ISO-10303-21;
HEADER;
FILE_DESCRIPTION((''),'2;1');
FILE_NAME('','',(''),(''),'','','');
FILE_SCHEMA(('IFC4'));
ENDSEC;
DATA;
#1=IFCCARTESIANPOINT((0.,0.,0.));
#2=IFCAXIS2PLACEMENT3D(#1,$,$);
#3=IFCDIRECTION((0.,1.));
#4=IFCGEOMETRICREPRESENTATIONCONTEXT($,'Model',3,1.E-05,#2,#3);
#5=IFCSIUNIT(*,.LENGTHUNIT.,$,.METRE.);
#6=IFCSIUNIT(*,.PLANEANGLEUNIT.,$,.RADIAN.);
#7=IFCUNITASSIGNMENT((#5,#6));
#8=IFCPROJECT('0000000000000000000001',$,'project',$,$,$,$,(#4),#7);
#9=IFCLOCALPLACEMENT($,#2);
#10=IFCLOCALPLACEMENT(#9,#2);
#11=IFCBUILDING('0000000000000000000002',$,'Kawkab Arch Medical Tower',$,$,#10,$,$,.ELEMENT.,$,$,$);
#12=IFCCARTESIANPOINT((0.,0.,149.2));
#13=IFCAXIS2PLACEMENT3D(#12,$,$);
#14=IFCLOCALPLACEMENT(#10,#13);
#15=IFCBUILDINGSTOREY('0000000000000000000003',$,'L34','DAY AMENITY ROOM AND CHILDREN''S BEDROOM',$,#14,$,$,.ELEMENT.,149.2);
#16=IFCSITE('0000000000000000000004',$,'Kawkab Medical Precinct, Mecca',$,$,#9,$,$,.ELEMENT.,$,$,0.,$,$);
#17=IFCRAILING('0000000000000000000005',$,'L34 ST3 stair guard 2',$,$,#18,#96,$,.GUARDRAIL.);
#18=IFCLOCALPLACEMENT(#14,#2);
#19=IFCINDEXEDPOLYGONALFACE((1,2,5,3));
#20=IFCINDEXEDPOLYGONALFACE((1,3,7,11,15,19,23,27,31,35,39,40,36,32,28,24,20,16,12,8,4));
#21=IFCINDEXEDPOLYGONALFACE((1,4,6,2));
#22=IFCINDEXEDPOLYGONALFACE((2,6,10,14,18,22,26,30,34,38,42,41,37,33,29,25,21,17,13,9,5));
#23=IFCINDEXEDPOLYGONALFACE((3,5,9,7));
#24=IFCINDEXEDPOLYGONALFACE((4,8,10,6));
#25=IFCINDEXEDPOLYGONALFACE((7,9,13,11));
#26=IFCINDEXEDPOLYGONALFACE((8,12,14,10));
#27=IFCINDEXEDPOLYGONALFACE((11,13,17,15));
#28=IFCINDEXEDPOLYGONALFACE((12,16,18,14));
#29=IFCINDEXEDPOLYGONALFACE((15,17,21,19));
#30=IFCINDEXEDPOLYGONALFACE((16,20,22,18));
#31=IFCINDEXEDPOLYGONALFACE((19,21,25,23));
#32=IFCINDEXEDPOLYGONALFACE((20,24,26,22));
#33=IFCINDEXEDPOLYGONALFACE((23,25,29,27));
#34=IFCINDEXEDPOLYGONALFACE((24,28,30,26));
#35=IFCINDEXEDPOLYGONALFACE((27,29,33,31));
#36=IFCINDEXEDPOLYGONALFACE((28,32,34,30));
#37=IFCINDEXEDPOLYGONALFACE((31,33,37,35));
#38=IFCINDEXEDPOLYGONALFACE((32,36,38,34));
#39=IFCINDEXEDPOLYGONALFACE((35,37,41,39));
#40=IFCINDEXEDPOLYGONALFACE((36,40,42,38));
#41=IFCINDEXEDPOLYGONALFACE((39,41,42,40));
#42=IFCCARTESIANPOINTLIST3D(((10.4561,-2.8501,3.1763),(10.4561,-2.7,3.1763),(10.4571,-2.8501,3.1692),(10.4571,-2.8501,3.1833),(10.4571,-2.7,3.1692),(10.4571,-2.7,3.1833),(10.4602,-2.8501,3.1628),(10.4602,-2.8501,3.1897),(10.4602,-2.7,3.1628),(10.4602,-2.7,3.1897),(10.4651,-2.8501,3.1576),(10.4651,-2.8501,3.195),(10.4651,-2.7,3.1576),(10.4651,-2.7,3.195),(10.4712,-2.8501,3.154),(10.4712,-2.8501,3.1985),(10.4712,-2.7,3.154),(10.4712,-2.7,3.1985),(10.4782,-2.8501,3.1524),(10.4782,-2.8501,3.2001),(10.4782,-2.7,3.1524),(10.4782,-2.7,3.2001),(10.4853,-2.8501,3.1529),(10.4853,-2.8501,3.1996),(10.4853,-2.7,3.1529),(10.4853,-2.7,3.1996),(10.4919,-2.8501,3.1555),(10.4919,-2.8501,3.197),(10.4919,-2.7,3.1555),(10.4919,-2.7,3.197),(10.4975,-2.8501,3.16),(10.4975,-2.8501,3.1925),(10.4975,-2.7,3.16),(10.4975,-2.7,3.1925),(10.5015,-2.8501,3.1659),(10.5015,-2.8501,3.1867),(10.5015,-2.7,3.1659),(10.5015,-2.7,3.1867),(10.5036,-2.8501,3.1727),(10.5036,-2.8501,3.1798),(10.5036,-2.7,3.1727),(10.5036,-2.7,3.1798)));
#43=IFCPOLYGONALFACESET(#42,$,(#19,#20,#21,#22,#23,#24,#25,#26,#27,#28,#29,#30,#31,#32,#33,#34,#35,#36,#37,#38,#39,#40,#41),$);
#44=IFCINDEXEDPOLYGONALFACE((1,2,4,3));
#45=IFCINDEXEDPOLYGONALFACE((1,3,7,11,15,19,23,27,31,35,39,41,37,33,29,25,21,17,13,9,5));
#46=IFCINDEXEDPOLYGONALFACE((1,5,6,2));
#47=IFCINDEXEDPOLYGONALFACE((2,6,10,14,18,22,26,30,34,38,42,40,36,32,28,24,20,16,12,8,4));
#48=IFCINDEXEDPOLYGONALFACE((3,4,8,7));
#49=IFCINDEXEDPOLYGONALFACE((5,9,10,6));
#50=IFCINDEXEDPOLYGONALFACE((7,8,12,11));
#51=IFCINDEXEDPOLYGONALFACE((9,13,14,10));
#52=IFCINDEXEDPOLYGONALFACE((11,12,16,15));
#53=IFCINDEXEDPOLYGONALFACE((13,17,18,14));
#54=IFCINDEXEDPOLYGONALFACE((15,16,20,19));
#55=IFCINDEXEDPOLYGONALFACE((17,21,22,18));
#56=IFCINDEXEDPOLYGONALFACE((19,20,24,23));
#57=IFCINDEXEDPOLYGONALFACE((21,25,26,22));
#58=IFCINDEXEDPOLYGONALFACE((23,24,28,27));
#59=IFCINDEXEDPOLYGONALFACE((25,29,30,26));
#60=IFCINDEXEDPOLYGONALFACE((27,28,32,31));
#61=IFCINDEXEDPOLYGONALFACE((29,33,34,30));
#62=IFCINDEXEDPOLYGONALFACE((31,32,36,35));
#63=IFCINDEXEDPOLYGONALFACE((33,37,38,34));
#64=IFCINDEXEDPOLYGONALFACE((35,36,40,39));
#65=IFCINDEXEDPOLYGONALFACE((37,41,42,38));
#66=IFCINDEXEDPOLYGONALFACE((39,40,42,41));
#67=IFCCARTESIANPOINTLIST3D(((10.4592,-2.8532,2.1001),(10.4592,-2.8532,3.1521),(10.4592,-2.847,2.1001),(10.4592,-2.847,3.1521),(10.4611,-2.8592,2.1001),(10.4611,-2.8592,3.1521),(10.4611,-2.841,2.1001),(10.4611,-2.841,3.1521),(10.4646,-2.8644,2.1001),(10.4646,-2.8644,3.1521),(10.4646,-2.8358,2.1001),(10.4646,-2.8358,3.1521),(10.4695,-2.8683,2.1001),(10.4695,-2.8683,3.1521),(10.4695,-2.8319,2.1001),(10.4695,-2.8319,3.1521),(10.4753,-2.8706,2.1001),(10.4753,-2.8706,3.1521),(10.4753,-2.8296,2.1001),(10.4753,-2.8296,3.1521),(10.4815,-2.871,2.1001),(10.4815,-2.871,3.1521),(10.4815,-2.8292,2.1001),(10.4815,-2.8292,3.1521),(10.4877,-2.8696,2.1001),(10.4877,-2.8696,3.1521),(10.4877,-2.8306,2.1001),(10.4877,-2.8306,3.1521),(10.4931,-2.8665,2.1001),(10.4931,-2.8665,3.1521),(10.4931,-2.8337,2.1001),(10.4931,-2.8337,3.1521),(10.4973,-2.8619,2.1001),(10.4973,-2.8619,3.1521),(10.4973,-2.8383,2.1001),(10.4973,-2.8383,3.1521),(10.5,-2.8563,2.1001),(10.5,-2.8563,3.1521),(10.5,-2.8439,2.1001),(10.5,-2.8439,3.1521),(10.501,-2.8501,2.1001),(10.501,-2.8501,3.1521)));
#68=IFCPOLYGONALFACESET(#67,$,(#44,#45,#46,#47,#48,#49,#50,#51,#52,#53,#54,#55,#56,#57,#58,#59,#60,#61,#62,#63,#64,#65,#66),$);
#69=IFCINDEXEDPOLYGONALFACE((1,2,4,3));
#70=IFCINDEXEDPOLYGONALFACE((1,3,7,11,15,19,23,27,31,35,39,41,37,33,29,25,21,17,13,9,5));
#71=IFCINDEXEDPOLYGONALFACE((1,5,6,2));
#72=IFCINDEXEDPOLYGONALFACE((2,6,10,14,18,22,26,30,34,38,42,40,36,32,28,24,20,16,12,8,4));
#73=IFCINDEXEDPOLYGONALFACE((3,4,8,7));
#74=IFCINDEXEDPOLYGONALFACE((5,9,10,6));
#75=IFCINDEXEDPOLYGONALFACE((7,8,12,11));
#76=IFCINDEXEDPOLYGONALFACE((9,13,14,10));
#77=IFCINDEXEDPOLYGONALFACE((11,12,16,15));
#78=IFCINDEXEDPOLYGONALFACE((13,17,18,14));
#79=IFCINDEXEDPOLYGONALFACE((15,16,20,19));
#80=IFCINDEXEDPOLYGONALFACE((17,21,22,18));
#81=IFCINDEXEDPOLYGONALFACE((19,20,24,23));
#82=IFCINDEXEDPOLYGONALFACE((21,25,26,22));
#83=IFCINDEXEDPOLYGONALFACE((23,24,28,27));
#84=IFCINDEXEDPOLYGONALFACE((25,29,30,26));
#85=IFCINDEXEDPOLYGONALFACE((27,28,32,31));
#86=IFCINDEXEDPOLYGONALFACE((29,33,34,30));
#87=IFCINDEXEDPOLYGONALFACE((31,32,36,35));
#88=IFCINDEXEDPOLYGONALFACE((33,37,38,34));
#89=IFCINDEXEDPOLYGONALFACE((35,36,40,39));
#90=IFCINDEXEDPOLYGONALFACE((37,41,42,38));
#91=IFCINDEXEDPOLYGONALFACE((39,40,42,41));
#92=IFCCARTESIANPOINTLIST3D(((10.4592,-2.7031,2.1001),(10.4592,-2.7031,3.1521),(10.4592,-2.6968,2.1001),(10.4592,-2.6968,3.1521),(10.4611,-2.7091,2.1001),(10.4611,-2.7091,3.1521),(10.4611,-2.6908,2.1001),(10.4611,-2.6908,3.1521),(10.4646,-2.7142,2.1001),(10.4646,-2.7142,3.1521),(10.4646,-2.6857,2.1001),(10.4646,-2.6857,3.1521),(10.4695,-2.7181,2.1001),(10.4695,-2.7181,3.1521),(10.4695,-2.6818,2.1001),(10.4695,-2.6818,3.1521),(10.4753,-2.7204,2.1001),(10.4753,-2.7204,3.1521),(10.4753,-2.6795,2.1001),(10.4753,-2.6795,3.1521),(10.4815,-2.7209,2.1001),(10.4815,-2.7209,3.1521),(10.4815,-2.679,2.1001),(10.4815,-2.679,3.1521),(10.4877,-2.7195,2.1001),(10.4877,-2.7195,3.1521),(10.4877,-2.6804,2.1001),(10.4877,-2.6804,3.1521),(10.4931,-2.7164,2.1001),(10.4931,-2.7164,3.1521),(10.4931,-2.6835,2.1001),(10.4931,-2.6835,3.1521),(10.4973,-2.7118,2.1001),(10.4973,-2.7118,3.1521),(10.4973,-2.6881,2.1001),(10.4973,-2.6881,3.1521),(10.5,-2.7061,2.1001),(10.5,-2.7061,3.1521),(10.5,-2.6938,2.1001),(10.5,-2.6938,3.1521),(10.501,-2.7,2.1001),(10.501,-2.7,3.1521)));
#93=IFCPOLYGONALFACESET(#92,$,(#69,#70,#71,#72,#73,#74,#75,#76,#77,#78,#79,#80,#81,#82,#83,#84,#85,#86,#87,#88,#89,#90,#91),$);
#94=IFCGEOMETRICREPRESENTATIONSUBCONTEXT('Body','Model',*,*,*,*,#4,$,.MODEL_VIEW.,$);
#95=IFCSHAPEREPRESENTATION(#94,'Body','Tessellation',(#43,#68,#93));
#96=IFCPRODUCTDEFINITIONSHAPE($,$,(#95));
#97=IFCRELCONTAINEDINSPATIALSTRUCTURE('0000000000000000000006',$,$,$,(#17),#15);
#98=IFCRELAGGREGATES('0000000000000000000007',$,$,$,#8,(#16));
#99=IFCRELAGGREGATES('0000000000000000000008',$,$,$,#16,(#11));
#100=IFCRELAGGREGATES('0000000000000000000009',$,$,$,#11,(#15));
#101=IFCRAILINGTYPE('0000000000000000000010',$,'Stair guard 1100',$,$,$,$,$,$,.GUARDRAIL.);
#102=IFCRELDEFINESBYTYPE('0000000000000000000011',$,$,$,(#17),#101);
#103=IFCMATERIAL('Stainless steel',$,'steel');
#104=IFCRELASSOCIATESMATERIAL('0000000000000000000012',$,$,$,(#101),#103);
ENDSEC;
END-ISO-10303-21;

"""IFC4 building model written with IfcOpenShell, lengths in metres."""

from ifc_helpers import new_model, si_unit, direction, frame, origin, origin_2d, place, context, subcontext, project, spatial, circle, extrude, material, type_object, element, save


model = new_model("IFC4")

# Units and contexts
model_context = context("Model", 3, precision=1e-05, world=origin(), true_north=direction((0.0, 1.0)))
body_context = subcontext(model_context, "Body", "Model", "MODEL_VIEW")
ifc_project = project(units=[si_unit("LENGTHUNIT", "METRE"), si_unit("PLANEANGLEUNIT", "RADIAN")], contexts=[model_context])

# Site, building, storey
site_placement = place(None, origin())
site = spatial("IfcSite", under=ifc_project, at=site_placement, Name="Kawkab Medical Precinct, Mecca", CompositionType="ELEMENT", RefElevation=0.0)
building_placement = place(site_placement, origin())
building = spatial("IfcBuilding", under=site, at=building_placement, Name="Kawkab Arch Medical Tower", CompositionType="ELEMENT")
storey_placement = place(building_placement, frame((0.0, 0.0, 149.2)))
storey = spatial("IfcBuildingStorey", under=building, at=storey_placement, Name="L34", Description="DAY AMENITY ROOM AND CHILDREN'S BEDROOM", CompositionType="ELEMENT", Elevation=149.2)

# Railing
ifc_material_1 = material(Name="Stainless steel", Category="steel")
railing_type_1 = type_object("IfcRailingType", Name="Stair guard 1100", PredefinedType="GUARDRAIL", material=ifc_material_1)
railing_1_placement = place(storey_placement, frame((10.48, -2.8501, 2.1001)))
element("IfcRailing", 1, at=railing_1_placement, inside=storey, type_object=railing_type_1, Name="L34 ST3 stair guard 2", PredefinedType="GUARDRAIL", context=body_context, shape_type="SweptSolid", body=[
    extrude(circle(Radius=0.0239, at=origin_2d()), frame((0.0, 0.0, 1.0762), z_axis=(0.0, 1.0, 0.0), x_axis=(-1.0, 0.0, 0.0)), (0.0, 0.0, 1.0), 0.1501),
    extrude(circle(Radius=0.021, at=origin_2d()), origin(), (0.0, 0.0, 1.0), 1.052),
    extrude(circle(Radius=0.021, at=origin_2d()), frame((0.0, 0.1501, 0.0)), (0.0, 0.0, 1.0), 1.052),
])

save(model, "model.ifc")
